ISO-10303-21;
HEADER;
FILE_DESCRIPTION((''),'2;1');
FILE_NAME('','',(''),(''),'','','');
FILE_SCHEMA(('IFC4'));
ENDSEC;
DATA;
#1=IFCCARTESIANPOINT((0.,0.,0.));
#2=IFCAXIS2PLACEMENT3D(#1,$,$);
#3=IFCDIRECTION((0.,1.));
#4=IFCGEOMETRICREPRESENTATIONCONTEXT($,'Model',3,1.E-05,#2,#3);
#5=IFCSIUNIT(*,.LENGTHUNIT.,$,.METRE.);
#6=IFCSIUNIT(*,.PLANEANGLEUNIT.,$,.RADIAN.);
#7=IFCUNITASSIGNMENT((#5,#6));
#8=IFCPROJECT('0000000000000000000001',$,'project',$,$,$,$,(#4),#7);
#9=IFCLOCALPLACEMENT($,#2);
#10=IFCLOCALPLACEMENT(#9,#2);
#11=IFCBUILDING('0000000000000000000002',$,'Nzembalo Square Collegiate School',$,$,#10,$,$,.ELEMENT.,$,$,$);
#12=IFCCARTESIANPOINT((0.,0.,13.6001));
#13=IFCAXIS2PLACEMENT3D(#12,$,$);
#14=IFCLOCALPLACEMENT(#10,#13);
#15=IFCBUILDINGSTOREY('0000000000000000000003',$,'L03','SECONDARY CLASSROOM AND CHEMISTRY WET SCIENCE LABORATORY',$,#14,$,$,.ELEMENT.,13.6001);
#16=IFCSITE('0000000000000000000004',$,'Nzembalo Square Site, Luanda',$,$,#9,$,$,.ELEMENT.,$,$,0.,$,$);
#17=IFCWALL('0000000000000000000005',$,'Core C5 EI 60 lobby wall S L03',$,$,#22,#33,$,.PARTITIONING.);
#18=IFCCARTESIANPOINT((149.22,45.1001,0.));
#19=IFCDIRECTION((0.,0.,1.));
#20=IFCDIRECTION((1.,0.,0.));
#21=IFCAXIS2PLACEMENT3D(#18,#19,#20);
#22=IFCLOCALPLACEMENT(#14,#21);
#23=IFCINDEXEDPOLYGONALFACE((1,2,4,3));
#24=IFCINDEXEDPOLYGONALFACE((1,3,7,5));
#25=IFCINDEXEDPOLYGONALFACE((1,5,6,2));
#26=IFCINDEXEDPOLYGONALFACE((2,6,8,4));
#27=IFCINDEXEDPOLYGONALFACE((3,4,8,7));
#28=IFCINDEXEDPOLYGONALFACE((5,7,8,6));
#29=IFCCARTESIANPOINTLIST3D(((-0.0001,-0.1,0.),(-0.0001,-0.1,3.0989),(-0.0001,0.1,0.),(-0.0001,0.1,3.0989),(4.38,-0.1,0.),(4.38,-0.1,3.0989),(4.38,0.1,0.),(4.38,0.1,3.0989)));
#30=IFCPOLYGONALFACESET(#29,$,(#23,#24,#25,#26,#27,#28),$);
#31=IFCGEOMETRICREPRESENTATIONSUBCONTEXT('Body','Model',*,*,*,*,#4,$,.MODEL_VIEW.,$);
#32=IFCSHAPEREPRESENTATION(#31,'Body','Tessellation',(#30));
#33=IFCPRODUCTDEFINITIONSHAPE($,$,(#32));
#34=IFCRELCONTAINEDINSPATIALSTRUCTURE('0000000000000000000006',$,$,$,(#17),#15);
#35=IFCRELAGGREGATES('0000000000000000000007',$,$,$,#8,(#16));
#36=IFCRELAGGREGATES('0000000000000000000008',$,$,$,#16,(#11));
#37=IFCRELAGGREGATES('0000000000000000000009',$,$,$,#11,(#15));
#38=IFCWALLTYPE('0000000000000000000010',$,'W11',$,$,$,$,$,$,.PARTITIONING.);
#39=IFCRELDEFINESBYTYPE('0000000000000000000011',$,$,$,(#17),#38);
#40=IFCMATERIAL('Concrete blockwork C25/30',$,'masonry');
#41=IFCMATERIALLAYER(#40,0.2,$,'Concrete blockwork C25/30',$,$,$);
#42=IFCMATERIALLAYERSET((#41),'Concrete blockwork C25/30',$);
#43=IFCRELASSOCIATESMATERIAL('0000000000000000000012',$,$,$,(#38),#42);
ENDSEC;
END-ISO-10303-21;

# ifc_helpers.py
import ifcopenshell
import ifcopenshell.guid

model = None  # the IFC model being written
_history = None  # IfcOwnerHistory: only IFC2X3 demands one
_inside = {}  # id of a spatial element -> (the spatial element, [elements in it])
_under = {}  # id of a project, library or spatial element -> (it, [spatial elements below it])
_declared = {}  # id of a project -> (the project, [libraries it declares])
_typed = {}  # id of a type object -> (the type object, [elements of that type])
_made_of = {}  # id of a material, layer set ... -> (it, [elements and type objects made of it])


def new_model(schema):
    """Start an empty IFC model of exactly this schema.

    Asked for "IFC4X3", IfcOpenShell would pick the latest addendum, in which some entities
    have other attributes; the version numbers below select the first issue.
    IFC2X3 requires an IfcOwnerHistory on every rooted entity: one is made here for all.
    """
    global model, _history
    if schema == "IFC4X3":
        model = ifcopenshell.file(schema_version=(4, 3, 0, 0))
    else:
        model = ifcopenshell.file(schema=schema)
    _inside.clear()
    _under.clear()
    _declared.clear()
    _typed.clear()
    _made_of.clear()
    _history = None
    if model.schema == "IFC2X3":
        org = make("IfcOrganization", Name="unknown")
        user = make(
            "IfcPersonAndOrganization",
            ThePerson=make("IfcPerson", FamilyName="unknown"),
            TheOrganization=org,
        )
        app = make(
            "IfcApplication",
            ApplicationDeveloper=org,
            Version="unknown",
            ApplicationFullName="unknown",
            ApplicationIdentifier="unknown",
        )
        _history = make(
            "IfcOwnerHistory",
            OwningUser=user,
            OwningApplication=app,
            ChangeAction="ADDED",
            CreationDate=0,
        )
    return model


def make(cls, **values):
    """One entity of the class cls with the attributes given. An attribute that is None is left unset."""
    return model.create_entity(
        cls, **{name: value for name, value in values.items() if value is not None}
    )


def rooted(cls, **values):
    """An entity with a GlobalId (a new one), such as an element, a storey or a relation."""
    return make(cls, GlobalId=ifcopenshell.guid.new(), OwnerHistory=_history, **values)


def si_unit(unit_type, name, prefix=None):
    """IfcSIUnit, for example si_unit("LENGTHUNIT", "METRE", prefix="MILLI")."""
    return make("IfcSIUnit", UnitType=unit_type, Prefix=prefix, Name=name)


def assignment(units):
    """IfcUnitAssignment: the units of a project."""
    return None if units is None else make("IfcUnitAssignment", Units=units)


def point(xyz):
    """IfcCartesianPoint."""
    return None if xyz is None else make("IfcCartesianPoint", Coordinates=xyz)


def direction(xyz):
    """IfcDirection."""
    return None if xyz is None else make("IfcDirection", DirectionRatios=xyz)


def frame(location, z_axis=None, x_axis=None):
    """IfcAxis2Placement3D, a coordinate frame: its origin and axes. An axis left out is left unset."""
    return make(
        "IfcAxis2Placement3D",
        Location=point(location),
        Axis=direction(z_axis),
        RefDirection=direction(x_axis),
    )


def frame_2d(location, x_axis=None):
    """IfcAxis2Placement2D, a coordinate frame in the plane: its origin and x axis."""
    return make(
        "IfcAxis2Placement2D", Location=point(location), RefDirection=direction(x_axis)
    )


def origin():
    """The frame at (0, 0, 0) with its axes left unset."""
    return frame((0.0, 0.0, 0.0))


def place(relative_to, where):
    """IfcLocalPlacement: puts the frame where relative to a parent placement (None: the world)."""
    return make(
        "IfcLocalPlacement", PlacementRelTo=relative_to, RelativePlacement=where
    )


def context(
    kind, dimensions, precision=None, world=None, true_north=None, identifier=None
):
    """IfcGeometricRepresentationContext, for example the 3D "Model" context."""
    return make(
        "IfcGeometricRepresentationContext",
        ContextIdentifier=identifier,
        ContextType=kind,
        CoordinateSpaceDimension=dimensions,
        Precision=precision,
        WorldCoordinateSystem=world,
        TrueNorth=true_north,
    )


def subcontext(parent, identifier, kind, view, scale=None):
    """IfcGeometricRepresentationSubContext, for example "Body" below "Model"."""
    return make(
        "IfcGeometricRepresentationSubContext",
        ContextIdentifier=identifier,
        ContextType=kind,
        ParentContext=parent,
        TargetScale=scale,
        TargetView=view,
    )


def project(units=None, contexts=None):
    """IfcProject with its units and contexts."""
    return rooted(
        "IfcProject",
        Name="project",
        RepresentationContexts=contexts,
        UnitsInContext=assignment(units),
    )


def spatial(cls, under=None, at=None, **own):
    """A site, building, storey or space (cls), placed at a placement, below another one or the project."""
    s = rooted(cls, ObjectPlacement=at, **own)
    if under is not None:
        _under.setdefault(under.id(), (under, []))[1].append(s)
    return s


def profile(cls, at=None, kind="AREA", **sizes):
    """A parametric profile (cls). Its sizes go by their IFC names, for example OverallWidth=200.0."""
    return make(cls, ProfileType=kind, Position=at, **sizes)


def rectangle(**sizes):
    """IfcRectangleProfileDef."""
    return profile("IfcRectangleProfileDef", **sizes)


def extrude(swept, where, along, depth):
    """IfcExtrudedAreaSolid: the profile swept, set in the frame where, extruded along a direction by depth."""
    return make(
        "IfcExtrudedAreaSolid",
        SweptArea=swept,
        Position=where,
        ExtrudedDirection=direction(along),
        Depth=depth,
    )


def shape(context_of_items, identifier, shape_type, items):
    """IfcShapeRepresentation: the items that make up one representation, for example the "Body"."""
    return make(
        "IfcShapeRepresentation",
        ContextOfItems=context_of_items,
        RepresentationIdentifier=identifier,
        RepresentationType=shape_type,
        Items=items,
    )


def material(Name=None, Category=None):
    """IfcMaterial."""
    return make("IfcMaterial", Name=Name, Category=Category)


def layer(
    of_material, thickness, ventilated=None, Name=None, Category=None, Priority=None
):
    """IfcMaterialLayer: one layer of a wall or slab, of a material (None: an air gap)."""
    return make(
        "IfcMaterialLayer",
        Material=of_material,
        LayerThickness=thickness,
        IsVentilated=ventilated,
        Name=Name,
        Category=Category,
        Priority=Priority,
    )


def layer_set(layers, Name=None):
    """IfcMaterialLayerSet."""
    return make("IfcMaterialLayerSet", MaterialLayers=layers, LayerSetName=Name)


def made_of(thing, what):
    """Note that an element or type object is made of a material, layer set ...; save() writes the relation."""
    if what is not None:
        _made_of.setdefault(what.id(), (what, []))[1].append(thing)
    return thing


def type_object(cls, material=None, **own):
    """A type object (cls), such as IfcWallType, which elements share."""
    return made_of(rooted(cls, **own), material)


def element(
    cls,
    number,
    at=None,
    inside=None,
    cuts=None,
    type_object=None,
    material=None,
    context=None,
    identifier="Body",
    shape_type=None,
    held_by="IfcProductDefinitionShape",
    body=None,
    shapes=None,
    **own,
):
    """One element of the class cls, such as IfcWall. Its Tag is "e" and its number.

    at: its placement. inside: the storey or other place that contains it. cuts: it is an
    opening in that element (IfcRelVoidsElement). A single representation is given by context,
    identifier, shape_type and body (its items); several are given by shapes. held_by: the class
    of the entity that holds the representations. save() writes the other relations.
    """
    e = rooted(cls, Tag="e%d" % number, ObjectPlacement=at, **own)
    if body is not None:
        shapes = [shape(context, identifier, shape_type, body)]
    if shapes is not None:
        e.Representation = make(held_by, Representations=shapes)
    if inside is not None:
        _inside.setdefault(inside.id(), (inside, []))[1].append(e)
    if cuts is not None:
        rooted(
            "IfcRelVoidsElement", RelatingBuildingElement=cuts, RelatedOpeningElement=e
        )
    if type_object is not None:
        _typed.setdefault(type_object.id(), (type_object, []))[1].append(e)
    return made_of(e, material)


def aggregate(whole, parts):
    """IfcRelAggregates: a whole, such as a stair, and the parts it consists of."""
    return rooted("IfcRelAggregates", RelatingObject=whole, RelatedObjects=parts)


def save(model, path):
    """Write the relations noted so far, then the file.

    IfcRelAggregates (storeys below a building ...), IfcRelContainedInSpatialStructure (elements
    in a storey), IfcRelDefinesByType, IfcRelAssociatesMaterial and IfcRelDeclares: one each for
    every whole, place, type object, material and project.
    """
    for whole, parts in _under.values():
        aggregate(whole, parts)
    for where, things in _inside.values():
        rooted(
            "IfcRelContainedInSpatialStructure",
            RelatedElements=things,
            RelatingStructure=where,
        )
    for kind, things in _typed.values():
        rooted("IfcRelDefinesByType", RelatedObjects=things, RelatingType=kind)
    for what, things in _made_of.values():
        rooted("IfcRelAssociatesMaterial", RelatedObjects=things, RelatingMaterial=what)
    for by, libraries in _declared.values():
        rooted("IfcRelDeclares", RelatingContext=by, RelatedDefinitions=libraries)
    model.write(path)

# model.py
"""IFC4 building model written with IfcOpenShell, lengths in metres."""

from ifc_helpers import new_model, si_unit, direction, frame, frame_2d, origin, place, context, subcontext, project, spatial, rectangle, extrude, material, layer, layer_set, type_object, element, save


model = new_model("IFC4")

# Units and contexts
model_context = context("Model", 3, precision=1e-05, world=origin(), true_north=direction((0.0, 1.0)))
body_context = subcontext(model_context, "Body", "Model", "MODEL_VIEW")
ifc_project = project(units=[si_unit("LENGTHUNIT", "METRE"), si_unit("PLANEANGLEUNIT", "RADIAN")], contexts=[model_context])

# Site, building, storey
site_placement = place(None, origin())
site = spatial("IfcSite", under=ifc_project, at=site_placement, Name="Nzembalo Square Site, Luanda", CompositionType="ELEMENT", RefElevation=0.0)
building_placement = place(site_placement, origin())
building = spatial("IfcBuilding", under=site, at=building_placement, Name="Nzembalo Square Collegiate School", CompositionType="ELEMENT")
storey_placement = place(building_placement, frame((0.0, 0.0, 13.6001)))
storey = spatial("IfcBuildingStorey", under=building, at=storey_placement, Name="L03", Description="SECONDARY CLASSROOM AND CHEMISTRY WET SCIENCE LABORATORY", CompositionType="ELEMENT", Elevation=13.6001)

# Wall
ifc_material_1 = material(Name="Concrete blockwork C25/30", Category="masonry")
ifc_layer_1 = layer(ifc_material_1, 0.2, Name="Concrete blockwork C25/30")
ifc_layer_set_1 = layer_set([ifc_layer_1], Name="Concrete blockwork C25/30")
wall_type_1 = type_object("IfcWallType", Name="W11", PredefinedType="PARTITIONING", material=ifc_layer_set_1)
wall_1_placement = place(storey_placement, frame((149.22, 45.1001, 0.0), z_axis=(0.0, 0.0, 1.0), x_axis=(1.0, 0.0, 0.0)))
element("IfcWall", 1, at=wall_1_placement, inside=storey, type_object=wall_type_1, Name="Core C5 EI 60 lobby wall S L03", PredefinedType="PARTITIONING", context=body_context, shape_type="SweptSolid", body=[
    extrude(rectangle(XDim=4.3801, YDim=0.2, at=frame_2d((2.1899, 0.0))), origin(), (0.0, 0.0, 1.0), 3.0989),
])

save(model, "model.ifc")
